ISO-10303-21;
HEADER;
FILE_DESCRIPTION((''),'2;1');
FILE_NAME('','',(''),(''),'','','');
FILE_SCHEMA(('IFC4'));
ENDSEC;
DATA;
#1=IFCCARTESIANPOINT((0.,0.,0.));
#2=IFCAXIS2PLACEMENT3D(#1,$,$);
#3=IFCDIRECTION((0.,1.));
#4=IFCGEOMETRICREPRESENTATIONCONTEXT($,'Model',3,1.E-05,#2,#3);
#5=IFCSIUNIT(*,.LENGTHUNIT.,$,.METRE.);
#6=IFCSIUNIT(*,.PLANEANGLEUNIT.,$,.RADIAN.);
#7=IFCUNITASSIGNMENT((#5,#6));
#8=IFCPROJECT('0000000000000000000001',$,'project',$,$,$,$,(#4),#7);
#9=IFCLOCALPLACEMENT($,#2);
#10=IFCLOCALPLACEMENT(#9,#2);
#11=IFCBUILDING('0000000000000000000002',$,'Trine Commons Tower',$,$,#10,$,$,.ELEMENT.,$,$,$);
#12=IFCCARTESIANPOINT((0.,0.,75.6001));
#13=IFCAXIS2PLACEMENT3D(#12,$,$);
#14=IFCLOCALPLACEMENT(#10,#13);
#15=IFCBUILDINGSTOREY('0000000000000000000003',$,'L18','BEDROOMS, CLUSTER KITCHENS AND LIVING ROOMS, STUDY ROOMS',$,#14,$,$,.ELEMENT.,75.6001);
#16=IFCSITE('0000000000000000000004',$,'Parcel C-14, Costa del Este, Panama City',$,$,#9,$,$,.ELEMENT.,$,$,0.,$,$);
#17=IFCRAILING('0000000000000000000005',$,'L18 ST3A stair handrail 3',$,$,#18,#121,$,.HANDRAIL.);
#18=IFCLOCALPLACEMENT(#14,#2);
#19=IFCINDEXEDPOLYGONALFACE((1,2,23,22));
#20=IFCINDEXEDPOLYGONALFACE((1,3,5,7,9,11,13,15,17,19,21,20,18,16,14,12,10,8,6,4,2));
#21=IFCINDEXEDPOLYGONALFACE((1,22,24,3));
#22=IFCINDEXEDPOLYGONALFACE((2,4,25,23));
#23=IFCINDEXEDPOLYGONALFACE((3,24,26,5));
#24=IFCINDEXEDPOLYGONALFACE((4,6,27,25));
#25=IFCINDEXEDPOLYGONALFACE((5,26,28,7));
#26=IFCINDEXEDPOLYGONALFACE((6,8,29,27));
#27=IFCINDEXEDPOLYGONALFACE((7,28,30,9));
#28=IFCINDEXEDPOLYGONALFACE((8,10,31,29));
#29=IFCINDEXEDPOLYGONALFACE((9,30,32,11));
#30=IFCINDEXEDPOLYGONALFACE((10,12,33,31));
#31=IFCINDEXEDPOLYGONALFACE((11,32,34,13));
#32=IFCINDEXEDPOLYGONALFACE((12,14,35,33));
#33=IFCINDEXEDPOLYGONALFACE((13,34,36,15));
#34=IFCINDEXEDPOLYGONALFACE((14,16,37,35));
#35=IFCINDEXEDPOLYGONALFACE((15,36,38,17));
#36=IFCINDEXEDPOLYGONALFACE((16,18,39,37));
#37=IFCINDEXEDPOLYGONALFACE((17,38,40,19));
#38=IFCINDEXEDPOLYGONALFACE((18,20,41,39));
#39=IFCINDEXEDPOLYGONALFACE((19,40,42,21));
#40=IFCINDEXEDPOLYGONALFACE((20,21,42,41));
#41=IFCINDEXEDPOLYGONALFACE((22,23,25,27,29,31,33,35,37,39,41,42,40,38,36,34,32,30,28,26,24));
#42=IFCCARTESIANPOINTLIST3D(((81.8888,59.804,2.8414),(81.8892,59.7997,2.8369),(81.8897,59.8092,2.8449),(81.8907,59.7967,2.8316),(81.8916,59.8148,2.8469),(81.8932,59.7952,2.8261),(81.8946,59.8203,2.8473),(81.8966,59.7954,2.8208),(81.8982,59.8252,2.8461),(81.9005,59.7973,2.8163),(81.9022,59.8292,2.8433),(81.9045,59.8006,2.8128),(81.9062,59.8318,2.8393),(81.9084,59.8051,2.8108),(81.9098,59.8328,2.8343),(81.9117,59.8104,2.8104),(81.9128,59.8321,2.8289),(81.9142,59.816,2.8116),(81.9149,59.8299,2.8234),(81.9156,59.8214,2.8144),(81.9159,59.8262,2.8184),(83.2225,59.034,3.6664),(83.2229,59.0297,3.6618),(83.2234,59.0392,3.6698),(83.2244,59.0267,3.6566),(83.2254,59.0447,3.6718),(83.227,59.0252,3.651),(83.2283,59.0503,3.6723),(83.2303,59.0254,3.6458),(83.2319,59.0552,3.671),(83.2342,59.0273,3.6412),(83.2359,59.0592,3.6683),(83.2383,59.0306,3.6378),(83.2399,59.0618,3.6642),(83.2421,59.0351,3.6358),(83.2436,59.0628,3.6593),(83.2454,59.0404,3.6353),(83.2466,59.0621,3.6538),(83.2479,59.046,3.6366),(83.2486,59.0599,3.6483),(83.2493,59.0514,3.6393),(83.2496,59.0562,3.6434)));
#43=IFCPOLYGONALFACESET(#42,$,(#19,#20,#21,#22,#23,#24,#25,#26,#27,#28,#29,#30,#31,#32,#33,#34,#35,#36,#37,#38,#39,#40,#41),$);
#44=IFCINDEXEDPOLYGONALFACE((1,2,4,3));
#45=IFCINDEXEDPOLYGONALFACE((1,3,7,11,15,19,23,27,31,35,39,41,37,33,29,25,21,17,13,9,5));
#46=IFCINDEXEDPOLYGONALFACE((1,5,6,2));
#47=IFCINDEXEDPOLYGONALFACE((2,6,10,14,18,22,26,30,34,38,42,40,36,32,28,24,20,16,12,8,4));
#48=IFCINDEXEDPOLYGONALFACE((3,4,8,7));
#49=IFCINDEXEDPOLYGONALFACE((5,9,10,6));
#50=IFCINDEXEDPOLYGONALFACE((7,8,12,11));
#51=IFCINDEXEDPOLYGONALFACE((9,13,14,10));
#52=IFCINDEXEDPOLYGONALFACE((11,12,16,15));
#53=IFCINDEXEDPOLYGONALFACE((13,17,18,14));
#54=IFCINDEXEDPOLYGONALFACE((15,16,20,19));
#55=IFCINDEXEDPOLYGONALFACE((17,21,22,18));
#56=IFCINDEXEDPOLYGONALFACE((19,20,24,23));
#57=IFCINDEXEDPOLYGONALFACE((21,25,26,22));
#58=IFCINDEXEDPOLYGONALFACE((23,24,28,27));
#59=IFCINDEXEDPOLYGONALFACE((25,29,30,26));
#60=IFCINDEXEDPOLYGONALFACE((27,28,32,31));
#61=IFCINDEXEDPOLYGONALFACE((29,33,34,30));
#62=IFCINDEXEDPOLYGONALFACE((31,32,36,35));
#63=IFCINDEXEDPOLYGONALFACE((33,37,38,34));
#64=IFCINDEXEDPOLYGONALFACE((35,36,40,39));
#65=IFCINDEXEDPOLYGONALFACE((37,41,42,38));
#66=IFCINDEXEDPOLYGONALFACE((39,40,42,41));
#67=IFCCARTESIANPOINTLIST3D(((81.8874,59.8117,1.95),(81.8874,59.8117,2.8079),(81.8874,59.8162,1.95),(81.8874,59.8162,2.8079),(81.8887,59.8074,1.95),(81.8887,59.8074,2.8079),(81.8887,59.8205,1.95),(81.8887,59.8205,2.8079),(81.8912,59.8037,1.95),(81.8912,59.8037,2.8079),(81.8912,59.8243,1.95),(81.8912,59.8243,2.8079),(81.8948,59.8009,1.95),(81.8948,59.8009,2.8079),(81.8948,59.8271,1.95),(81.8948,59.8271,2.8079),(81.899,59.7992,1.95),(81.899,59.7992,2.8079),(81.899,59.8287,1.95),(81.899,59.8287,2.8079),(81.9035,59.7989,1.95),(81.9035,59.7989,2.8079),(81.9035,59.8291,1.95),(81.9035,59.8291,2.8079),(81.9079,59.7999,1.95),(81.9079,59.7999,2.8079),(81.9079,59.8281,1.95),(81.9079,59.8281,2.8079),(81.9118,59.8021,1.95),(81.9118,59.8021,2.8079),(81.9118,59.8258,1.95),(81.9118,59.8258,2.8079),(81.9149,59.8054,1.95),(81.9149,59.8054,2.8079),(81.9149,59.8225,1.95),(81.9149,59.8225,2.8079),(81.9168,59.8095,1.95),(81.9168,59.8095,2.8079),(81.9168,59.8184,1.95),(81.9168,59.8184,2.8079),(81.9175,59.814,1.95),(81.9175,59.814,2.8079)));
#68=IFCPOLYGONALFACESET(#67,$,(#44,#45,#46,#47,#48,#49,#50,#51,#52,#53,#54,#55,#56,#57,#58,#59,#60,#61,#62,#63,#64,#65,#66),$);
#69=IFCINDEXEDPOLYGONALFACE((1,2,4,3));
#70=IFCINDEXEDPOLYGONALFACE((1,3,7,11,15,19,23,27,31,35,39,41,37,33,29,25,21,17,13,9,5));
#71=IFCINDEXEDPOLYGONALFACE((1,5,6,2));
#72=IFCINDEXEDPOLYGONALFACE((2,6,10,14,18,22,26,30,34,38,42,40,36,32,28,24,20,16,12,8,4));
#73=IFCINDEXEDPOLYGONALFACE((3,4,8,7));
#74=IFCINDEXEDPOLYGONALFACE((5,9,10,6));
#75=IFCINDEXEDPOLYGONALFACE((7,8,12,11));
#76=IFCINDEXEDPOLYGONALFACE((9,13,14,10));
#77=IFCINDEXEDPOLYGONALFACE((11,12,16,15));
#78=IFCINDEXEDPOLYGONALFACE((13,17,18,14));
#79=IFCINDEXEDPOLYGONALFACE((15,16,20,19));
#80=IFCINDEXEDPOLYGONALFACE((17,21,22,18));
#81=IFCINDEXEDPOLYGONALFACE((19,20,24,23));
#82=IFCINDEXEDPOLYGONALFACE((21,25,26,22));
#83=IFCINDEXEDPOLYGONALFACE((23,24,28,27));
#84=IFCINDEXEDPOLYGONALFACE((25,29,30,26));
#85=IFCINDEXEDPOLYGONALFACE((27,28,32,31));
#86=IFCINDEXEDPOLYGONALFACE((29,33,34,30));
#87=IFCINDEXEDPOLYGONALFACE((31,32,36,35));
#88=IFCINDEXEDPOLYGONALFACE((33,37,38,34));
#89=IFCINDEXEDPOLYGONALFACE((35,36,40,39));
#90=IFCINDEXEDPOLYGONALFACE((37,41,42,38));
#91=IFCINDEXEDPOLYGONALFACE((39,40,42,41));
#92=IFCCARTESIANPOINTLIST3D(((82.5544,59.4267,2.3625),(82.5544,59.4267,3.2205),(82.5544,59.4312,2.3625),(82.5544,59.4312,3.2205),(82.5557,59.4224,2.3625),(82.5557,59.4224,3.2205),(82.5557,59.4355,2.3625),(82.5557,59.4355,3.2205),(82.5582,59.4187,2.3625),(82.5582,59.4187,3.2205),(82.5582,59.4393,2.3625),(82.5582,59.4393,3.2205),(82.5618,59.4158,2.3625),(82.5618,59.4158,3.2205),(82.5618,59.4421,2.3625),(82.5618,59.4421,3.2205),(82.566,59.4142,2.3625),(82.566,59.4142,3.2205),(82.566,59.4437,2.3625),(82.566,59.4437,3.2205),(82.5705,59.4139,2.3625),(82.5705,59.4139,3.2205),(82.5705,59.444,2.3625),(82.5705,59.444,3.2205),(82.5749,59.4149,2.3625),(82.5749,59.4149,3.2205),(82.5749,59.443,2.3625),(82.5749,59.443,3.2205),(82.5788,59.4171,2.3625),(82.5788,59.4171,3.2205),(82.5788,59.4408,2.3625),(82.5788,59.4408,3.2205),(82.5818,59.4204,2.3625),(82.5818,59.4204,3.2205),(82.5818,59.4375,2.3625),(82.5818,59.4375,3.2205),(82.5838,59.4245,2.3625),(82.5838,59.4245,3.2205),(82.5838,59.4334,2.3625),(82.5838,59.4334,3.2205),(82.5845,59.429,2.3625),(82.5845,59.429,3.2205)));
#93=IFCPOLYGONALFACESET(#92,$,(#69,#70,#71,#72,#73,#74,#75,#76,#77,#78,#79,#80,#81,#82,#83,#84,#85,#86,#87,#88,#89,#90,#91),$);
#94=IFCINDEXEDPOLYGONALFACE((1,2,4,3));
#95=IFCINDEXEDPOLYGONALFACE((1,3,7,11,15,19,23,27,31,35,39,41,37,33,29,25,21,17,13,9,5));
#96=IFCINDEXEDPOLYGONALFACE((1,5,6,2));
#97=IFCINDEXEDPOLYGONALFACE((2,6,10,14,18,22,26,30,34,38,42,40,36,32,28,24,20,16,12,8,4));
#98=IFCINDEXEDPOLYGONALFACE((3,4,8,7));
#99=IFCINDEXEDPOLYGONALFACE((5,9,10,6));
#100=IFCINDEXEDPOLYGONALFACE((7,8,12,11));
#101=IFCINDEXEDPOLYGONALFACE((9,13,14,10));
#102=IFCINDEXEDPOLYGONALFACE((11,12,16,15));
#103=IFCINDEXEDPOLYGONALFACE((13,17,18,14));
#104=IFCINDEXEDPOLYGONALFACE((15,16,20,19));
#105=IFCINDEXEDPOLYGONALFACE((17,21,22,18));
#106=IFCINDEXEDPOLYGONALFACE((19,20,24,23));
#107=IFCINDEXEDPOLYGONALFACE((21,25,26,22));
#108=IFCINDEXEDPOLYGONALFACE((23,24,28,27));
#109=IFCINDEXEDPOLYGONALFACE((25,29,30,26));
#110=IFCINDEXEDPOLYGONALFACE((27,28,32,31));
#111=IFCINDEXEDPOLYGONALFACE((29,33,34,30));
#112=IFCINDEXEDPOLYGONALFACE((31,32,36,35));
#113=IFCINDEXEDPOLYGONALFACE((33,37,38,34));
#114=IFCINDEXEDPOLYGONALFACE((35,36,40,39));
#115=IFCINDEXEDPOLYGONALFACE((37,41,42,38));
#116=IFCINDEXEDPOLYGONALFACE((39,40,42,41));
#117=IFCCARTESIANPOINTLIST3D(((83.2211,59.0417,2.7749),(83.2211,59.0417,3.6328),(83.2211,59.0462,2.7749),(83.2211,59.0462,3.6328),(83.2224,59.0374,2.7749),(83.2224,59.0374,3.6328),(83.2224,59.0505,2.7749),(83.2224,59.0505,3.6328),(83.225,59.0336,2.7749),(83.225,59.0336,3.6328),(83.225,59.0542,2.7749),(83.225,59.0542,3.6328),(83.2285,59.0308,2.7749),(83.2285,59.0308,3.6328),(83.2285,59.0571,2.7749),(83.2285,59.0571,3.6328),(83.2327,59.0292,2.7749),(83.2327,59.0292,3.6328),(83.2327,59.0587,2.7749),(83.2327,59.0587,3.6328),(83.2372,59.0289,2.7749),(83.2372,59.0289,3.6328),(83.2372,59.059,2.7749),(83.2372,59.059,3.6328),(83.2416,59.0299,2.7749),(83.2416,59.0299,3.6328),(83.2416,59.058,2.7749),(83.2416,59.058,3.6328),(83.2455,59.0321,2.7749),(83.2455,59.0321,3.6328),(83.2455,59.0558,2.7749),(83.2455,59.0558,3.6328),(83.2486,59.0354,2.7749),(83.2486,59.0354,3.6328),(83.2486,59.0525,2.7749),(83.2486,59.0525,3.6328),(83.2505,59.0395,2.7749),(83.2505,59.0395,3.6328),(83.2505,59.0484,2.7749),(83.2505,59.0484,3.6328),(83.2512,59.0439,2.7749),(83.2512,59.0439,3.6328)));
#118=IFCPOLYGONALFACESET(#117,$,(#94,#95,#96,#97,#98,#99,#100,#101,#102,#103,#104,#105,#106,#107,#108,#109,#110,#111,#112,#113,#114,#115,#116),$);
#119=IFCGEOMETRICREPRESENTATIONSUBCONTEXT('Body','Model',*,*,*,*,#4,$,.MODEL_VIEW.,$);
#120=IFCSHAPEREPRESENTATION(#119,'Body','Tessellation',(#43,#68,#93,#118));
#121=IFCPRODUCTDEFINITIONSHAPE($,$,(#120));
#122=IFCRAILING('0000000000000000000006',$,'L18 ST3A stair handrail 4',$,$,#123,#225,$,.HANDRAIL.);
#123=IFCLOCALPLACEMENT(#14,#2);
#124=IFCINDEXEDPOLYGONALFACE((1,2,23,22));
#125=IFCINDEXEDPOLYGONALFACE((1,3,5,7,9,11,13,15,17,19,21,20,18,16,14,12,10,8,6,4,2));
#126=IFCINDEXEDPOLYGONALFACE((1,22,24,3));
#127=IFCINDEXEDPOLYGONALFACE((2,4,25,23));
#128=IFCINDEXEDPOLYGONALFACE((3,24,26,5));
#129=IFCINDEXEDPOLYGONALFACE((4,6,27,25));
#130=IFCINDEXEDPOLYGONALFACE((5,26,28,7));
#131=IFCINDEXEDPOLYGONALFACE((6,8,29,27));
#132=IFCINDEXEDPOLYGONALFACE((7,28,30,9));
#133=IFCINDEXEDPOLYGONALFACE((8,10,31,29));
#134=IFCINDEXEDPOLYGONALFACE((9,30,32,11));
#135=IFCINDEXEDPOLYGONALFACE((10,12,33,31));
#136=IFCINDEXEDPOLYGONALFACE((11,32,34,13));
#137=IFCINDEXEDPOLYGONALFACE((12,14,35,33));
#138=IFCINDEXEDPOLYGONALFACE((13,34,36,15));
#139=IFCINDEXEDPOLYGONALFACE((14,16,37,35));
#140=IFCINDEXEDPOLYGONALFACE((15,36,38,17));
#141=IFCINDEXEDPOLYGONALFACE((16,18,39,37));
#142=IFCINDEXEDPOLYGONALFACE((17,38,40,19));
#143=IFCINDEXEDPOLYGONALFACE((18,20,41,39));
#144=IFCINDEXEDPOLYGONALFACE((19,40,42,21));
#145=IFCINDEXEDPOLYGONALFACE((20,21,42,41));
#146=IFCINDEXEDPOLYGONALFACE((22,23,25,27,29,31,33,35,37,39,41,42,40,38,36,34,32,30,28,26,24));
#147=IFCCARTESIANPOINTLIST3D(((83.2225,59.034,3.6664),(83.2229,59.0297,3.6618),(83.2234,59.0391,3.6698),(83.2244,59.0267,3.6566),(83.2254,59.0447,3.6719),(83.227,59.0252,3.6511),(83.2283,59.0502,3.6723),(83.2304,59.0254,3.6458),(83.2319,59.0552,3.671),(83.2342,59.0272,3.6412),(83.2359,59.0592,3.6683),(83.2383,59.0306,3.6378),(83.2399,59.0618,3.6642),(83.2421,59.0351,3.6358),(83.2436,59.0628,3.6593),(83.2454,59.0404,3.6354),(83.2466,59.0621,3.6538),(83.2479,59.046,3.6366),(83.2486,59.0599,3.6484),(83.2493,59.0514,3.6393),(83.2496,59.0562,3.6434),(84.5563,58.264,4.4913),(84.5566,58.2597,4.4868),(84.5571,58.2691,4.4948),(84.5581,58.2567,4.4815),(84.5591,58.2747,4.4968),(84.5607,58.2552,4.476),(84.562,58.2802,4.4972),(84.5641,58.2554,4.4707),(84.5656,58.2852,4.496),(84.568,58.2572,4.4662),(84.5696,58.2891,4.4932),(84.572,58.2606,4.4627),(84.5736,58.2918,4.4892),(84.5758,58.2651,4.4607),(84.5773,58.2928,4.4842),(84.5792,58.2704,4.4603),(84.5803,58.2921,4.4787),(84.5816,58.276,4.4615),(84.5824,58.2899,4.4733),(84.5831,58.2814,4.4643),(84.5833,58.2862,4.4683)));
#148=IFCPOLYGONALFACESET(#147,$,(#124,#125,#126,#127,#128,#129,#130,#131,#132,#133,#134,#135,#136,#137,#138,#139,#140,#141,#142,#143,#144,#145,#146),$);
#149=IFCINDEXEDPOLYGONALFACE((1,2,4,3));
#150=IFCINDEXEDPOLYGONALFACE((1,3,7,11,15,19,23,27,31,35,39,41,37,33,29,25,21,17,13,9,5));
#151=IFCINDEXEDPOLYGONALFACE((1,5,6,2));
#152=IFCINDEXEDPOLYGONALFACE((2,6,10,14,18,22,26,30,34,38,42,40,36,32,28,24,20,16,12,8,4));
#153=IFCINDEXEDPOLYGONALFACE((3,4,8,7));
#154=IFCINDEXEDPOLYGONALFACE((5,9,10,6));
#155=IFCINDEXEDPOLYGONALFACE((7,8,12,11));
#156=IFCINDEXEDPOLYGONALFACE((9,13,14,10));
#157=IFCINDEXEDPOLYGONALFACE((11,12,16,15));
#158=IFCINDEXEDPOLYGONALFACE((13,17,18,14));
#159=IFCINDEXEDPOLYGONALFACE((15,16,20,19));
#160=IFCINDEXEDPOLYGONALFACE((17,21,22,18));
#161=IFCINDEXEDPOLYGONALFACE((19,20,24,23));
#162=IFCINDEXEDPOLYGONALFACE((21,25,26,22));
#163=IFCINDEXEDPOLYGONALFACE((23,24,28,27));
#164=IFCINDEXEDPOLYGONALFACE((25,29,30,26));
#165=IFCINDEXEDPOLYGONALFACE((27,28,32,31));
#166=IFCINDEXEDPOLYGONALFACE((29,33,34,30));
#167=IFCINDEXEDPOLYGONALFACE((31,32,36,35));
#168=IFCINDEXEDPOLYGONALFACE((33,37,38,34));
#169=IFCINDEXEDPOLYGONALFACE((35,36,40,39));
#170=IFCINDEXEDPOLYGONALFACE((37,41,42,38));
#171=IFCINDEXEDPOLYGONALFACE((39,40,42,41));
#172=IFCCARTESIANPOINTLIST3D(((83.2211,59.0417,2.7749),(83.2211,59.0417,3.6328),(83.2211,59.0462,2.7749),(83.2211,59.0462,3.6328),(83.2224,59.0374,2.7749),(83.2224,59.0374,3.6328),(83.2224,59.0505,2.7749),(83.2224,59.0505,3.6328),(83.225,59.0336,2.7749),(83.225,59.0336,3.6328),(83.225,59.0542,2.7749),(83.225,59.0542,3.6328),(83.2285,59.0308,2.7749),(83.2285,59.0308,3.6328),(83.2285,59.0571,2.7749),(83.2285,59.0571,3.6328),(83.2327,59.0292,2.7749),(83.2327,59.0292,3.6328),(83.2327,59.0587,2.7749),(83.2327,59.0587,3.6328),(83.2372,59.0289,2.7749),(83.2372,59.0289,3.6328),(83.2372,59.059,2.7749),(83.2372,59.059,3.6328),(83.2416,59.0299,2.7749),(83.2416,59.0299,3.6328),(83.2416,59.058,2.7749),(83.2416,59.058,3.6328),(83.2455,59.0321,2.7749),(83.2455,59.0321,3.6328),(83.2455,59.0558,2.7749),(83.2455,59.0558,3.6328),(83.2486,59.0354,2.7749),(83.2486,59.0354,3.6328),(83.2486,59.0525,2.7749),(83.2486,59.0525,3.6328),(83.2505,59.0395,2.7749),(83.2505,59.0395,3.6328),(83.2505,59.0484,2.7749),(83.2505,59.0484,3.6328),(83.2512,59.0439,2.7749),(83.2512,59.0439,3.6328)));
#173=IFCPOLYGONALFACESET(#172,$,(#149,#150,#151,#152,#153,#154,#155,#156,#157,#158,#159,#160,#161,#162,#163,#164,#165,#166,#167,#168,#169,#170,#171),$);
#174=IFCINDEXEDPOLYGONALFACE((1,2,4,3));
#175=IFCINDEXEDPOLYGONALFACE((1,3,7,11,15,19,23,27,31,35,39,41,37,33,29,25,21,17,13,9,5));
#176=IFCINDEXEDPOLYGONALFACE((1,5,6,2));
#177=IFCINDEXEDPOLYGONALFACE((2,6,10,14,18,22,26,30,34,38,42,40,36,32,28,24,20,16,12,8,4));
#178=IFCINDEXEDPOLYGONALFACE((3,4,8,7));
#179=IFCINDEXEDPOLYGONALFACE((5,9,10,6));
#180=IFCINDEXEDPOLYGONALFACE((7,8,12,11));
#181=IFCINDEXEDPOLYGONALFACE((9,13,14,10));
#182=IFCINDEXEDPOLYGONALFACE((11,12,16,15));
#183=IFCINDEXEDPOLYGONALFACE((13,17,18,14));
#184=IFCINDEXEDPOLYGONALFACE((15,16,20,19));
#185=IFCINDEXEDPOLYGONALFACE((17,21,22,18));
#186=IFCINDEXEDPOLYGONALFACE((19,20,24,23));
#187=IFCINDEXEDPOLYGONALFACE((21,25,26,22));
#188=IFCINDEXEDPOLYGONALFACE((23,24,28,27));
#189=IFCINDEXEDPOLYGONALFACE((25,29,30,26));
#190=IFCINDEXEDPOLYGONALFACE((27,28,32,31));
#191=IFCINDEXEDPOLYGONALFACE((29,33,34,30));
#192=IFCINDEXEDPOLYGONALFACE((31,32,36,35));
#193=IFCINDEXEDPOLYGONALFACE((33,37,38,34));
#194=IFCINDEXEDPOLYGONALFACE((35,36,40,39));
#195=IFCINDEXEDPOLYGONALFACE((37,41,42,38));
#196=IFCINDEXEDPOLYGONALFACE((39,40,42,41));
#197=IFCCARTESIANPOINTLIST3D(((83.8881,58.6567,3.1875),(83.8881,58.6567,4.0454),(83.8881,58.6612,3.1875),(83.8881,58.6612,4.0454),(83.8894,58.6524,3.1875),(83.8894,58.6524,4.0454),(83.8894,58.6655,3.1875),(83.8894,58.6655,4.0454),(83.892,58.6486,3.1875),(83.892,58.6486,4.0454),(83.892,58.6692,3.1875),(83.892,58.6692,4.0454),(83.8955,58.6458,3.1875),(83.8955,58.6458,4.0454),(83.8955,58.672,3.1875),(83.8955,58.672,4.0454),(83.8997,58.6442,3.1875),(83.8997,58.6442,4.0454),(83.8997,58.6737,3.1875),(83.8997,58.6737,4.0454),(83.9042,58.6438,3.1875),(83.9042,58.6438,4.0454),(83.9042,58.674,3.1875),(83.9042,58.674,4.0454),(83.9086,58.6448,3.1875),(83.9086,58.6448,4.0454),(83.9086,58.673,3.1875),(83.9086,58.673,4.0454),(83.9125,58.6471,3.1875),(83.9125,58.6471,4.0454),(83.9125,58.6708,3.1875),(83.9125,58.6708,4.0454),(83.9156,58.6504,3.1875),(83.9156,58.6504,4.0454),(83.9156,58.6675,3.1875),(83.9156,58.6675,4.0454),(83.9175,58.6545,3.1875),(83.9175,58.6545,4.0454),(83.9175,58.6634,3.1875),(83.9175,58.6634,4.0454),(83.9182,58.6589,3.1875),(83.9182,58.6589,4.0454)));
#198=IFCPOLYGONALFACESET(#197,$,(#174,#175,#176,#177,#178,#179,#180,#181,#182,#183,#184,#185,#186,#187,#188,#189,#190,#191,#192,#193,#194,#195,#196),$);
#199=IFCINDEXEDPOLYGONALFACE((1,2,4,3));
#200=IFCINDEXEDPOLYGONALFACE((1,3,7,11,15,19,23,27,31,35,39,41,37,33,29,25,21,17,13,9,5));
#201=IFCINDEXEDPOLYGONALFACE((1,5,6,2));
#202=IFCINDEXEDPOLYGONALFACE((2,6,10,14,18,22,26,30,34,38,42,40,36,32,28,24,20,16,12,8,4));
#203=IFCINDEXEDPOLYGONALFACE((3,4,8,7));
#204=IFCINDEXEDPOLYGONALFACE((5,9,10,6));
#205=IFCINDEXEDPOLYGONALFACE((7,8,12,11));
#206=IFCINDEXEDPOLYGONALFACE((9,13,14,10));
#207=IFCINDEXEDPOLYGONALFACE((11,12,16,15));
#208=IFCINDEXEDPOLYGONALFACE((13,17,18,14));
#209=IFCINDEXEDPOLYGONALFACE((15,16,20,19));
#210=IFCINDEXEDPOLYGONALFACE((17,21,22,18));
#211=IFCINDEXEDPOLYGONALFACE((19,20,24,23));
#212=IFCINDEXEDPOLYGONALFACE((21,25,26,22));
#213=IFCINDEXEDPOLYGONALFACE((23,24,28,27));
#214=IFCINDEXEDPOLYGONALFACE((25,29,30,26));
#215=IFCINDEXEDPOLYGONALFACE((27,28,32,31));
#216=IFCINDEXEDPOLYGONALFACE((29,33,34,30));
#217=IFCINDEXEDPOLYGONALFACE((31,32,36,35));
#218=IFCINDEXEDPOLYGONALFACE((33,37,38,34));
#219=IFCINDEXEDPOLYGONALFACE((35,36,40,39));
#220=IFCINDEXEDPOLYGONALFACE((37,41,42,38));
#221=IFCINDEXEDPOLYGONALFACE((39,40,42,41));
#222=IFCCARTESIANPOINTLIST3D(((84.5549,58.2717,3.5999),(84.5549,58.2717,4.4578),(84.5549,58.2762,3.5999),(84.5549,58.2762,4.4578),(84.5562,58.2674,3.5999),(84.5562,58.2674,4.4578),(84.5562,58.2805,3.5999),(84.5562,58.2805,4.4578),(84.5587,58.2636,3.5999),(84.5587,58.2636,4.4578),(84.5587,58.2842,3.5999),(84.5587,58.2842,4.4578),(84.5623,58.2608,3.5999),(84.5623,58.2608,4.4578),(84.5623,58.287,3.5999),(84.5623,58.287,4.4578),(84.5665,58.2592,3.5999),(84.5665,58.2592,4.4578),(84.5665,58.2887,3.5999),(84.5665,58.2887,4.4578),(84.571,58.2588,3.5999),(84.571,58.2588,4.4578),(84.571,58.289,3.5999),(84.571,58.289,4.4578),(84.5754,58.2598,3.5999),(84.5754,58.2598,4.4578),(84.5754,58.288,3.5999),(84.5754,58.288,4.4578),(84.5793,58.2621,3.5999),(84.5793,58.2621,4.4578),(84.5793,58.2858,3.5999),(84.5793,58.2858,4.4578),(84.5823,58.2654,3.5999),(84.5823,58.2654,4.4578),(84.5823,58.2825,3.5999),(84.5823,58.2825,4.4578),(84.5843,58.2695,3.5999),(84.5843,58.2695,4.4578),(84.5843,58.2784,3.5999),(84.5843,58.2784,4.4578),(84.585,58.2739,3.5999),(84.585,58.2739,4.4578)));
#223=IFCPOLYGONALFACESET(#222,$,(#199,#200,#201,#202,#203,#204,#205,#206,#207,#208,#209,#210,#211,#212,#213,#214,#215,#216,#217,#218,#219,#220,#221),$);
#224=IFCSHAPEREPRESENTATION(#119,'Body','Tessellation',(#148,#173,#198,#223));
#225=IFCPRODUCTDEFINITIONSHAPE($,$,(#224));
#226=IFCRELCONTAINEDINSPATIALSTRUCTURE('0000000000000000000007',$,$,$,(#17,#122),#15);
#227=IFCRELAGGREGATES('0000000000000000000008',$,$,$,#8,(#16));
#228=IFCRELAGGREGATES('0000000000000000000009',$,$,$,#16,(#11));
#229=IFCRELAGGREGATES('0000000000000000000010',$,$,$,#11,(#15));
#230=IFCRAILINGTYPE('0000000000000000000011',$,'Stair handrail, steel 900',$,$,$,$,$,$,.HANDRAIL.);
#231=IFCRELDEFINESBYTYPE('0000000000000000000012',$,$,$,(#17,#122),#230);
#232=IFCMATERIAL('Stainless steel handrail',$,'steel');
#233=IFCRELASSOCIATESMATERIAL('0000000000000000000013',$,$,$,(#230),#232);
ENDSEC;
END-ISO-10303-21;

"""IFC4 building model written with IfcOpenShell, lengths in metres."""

from ifc_helpers import new_model, si_unit, direction, frame, origin, origin_2d, place, context, subcontext, project, spatial, circle, extrude, material, type_object, element, save


model = new_model("IFC4")

# Units and contexts
model_context = context("Model", 3, precision=1e-05, world=origin(), true_north=direction((0.0, 1.0)))
body_context = subcontext(model_context, "Body", "Model", "MODEL_VIEW")
ifc_project = project(units=[si_unit("LENGTHUNIT", "METRE"), si_unit("PLANEANGLEUNIT", "RADIAN")], contexts=[model_context])

# Site, building, storey
site_placement = place(None, origin())
site = spatial("IfcSite", under=ifc_project, at=site_placement, Name="Parcel C-14, Costa del Este, Panama City", CompositionType="ELEMENT", RefElevation=0.0)
building_placement = place(site_placement, origin())
building = spatial("IfcBuilding", under=site, at=building_placement, Name="Trine Commons Tower", CompositionType="ELEMENT")
storey_placement = place(building_placement, frame((0.0, 0.0, 75.6001)))
storey = spatial("IfcBuildingStorey", under=building, at=storey_placement, Name="L18", Description="BEDROOMS, CLUSTER KITCHENS AND LIVING ROOMS, STUDY ROOMS", CompositionType="ELEMENT", Elevation=75.6001)

# Railings
ifc_material_1 = material(Name="Stainless steel handrail", Category="steel")
railing_type_1 = type_object("IfcRailingType", Name="Stair handrail, steel 900", PredefinedType="HANDRAIL", material=ifc_material_1)
for number, where, name in (
    (1, (81.9023, 59.814, 1.95), "L18 ST3A stair handrail 3"),
    (2, (83.2361, 59.0439, 2.7749), "L18 ST3A stair handrail 4"),
):
    element("IfcRailing", number, at=place(storey_placement, frame(where)), inside=storey, type_object=railing_type_1, Name=name, PredefinedType="HANDRAIL", context=body_context, shape_type="SweptSolid", body=[
        extrude(circle(Radius=0.021, at=origin_2d()), frame((0.0, 0.0, 0.8789), z_axis=(0.763405, -0.440743, 0.472185), x_axis=(0.499992, 0.86603, 0.0)), (0.0, 0.0, 1.0), 1.7471),
        extrude(circle(Radius=0.0151, at=origin_2d()), origin(), (0.0, 0.0, 1.0), 0.8579),
        extrude(circle(Radius=0.0151, at=origin_2d()), frame((0.667, -0.385, 0.4126)), (0.0, 0.0, 1.0), 0.8579),
        extrude(circle(Radius=0.0151, at=origin_2d()), frame((1.3337, -0.77, 0.825)), (0.0, 0.0, 1.0), 0.8579),
    ])

save(model, "model.ifc")
